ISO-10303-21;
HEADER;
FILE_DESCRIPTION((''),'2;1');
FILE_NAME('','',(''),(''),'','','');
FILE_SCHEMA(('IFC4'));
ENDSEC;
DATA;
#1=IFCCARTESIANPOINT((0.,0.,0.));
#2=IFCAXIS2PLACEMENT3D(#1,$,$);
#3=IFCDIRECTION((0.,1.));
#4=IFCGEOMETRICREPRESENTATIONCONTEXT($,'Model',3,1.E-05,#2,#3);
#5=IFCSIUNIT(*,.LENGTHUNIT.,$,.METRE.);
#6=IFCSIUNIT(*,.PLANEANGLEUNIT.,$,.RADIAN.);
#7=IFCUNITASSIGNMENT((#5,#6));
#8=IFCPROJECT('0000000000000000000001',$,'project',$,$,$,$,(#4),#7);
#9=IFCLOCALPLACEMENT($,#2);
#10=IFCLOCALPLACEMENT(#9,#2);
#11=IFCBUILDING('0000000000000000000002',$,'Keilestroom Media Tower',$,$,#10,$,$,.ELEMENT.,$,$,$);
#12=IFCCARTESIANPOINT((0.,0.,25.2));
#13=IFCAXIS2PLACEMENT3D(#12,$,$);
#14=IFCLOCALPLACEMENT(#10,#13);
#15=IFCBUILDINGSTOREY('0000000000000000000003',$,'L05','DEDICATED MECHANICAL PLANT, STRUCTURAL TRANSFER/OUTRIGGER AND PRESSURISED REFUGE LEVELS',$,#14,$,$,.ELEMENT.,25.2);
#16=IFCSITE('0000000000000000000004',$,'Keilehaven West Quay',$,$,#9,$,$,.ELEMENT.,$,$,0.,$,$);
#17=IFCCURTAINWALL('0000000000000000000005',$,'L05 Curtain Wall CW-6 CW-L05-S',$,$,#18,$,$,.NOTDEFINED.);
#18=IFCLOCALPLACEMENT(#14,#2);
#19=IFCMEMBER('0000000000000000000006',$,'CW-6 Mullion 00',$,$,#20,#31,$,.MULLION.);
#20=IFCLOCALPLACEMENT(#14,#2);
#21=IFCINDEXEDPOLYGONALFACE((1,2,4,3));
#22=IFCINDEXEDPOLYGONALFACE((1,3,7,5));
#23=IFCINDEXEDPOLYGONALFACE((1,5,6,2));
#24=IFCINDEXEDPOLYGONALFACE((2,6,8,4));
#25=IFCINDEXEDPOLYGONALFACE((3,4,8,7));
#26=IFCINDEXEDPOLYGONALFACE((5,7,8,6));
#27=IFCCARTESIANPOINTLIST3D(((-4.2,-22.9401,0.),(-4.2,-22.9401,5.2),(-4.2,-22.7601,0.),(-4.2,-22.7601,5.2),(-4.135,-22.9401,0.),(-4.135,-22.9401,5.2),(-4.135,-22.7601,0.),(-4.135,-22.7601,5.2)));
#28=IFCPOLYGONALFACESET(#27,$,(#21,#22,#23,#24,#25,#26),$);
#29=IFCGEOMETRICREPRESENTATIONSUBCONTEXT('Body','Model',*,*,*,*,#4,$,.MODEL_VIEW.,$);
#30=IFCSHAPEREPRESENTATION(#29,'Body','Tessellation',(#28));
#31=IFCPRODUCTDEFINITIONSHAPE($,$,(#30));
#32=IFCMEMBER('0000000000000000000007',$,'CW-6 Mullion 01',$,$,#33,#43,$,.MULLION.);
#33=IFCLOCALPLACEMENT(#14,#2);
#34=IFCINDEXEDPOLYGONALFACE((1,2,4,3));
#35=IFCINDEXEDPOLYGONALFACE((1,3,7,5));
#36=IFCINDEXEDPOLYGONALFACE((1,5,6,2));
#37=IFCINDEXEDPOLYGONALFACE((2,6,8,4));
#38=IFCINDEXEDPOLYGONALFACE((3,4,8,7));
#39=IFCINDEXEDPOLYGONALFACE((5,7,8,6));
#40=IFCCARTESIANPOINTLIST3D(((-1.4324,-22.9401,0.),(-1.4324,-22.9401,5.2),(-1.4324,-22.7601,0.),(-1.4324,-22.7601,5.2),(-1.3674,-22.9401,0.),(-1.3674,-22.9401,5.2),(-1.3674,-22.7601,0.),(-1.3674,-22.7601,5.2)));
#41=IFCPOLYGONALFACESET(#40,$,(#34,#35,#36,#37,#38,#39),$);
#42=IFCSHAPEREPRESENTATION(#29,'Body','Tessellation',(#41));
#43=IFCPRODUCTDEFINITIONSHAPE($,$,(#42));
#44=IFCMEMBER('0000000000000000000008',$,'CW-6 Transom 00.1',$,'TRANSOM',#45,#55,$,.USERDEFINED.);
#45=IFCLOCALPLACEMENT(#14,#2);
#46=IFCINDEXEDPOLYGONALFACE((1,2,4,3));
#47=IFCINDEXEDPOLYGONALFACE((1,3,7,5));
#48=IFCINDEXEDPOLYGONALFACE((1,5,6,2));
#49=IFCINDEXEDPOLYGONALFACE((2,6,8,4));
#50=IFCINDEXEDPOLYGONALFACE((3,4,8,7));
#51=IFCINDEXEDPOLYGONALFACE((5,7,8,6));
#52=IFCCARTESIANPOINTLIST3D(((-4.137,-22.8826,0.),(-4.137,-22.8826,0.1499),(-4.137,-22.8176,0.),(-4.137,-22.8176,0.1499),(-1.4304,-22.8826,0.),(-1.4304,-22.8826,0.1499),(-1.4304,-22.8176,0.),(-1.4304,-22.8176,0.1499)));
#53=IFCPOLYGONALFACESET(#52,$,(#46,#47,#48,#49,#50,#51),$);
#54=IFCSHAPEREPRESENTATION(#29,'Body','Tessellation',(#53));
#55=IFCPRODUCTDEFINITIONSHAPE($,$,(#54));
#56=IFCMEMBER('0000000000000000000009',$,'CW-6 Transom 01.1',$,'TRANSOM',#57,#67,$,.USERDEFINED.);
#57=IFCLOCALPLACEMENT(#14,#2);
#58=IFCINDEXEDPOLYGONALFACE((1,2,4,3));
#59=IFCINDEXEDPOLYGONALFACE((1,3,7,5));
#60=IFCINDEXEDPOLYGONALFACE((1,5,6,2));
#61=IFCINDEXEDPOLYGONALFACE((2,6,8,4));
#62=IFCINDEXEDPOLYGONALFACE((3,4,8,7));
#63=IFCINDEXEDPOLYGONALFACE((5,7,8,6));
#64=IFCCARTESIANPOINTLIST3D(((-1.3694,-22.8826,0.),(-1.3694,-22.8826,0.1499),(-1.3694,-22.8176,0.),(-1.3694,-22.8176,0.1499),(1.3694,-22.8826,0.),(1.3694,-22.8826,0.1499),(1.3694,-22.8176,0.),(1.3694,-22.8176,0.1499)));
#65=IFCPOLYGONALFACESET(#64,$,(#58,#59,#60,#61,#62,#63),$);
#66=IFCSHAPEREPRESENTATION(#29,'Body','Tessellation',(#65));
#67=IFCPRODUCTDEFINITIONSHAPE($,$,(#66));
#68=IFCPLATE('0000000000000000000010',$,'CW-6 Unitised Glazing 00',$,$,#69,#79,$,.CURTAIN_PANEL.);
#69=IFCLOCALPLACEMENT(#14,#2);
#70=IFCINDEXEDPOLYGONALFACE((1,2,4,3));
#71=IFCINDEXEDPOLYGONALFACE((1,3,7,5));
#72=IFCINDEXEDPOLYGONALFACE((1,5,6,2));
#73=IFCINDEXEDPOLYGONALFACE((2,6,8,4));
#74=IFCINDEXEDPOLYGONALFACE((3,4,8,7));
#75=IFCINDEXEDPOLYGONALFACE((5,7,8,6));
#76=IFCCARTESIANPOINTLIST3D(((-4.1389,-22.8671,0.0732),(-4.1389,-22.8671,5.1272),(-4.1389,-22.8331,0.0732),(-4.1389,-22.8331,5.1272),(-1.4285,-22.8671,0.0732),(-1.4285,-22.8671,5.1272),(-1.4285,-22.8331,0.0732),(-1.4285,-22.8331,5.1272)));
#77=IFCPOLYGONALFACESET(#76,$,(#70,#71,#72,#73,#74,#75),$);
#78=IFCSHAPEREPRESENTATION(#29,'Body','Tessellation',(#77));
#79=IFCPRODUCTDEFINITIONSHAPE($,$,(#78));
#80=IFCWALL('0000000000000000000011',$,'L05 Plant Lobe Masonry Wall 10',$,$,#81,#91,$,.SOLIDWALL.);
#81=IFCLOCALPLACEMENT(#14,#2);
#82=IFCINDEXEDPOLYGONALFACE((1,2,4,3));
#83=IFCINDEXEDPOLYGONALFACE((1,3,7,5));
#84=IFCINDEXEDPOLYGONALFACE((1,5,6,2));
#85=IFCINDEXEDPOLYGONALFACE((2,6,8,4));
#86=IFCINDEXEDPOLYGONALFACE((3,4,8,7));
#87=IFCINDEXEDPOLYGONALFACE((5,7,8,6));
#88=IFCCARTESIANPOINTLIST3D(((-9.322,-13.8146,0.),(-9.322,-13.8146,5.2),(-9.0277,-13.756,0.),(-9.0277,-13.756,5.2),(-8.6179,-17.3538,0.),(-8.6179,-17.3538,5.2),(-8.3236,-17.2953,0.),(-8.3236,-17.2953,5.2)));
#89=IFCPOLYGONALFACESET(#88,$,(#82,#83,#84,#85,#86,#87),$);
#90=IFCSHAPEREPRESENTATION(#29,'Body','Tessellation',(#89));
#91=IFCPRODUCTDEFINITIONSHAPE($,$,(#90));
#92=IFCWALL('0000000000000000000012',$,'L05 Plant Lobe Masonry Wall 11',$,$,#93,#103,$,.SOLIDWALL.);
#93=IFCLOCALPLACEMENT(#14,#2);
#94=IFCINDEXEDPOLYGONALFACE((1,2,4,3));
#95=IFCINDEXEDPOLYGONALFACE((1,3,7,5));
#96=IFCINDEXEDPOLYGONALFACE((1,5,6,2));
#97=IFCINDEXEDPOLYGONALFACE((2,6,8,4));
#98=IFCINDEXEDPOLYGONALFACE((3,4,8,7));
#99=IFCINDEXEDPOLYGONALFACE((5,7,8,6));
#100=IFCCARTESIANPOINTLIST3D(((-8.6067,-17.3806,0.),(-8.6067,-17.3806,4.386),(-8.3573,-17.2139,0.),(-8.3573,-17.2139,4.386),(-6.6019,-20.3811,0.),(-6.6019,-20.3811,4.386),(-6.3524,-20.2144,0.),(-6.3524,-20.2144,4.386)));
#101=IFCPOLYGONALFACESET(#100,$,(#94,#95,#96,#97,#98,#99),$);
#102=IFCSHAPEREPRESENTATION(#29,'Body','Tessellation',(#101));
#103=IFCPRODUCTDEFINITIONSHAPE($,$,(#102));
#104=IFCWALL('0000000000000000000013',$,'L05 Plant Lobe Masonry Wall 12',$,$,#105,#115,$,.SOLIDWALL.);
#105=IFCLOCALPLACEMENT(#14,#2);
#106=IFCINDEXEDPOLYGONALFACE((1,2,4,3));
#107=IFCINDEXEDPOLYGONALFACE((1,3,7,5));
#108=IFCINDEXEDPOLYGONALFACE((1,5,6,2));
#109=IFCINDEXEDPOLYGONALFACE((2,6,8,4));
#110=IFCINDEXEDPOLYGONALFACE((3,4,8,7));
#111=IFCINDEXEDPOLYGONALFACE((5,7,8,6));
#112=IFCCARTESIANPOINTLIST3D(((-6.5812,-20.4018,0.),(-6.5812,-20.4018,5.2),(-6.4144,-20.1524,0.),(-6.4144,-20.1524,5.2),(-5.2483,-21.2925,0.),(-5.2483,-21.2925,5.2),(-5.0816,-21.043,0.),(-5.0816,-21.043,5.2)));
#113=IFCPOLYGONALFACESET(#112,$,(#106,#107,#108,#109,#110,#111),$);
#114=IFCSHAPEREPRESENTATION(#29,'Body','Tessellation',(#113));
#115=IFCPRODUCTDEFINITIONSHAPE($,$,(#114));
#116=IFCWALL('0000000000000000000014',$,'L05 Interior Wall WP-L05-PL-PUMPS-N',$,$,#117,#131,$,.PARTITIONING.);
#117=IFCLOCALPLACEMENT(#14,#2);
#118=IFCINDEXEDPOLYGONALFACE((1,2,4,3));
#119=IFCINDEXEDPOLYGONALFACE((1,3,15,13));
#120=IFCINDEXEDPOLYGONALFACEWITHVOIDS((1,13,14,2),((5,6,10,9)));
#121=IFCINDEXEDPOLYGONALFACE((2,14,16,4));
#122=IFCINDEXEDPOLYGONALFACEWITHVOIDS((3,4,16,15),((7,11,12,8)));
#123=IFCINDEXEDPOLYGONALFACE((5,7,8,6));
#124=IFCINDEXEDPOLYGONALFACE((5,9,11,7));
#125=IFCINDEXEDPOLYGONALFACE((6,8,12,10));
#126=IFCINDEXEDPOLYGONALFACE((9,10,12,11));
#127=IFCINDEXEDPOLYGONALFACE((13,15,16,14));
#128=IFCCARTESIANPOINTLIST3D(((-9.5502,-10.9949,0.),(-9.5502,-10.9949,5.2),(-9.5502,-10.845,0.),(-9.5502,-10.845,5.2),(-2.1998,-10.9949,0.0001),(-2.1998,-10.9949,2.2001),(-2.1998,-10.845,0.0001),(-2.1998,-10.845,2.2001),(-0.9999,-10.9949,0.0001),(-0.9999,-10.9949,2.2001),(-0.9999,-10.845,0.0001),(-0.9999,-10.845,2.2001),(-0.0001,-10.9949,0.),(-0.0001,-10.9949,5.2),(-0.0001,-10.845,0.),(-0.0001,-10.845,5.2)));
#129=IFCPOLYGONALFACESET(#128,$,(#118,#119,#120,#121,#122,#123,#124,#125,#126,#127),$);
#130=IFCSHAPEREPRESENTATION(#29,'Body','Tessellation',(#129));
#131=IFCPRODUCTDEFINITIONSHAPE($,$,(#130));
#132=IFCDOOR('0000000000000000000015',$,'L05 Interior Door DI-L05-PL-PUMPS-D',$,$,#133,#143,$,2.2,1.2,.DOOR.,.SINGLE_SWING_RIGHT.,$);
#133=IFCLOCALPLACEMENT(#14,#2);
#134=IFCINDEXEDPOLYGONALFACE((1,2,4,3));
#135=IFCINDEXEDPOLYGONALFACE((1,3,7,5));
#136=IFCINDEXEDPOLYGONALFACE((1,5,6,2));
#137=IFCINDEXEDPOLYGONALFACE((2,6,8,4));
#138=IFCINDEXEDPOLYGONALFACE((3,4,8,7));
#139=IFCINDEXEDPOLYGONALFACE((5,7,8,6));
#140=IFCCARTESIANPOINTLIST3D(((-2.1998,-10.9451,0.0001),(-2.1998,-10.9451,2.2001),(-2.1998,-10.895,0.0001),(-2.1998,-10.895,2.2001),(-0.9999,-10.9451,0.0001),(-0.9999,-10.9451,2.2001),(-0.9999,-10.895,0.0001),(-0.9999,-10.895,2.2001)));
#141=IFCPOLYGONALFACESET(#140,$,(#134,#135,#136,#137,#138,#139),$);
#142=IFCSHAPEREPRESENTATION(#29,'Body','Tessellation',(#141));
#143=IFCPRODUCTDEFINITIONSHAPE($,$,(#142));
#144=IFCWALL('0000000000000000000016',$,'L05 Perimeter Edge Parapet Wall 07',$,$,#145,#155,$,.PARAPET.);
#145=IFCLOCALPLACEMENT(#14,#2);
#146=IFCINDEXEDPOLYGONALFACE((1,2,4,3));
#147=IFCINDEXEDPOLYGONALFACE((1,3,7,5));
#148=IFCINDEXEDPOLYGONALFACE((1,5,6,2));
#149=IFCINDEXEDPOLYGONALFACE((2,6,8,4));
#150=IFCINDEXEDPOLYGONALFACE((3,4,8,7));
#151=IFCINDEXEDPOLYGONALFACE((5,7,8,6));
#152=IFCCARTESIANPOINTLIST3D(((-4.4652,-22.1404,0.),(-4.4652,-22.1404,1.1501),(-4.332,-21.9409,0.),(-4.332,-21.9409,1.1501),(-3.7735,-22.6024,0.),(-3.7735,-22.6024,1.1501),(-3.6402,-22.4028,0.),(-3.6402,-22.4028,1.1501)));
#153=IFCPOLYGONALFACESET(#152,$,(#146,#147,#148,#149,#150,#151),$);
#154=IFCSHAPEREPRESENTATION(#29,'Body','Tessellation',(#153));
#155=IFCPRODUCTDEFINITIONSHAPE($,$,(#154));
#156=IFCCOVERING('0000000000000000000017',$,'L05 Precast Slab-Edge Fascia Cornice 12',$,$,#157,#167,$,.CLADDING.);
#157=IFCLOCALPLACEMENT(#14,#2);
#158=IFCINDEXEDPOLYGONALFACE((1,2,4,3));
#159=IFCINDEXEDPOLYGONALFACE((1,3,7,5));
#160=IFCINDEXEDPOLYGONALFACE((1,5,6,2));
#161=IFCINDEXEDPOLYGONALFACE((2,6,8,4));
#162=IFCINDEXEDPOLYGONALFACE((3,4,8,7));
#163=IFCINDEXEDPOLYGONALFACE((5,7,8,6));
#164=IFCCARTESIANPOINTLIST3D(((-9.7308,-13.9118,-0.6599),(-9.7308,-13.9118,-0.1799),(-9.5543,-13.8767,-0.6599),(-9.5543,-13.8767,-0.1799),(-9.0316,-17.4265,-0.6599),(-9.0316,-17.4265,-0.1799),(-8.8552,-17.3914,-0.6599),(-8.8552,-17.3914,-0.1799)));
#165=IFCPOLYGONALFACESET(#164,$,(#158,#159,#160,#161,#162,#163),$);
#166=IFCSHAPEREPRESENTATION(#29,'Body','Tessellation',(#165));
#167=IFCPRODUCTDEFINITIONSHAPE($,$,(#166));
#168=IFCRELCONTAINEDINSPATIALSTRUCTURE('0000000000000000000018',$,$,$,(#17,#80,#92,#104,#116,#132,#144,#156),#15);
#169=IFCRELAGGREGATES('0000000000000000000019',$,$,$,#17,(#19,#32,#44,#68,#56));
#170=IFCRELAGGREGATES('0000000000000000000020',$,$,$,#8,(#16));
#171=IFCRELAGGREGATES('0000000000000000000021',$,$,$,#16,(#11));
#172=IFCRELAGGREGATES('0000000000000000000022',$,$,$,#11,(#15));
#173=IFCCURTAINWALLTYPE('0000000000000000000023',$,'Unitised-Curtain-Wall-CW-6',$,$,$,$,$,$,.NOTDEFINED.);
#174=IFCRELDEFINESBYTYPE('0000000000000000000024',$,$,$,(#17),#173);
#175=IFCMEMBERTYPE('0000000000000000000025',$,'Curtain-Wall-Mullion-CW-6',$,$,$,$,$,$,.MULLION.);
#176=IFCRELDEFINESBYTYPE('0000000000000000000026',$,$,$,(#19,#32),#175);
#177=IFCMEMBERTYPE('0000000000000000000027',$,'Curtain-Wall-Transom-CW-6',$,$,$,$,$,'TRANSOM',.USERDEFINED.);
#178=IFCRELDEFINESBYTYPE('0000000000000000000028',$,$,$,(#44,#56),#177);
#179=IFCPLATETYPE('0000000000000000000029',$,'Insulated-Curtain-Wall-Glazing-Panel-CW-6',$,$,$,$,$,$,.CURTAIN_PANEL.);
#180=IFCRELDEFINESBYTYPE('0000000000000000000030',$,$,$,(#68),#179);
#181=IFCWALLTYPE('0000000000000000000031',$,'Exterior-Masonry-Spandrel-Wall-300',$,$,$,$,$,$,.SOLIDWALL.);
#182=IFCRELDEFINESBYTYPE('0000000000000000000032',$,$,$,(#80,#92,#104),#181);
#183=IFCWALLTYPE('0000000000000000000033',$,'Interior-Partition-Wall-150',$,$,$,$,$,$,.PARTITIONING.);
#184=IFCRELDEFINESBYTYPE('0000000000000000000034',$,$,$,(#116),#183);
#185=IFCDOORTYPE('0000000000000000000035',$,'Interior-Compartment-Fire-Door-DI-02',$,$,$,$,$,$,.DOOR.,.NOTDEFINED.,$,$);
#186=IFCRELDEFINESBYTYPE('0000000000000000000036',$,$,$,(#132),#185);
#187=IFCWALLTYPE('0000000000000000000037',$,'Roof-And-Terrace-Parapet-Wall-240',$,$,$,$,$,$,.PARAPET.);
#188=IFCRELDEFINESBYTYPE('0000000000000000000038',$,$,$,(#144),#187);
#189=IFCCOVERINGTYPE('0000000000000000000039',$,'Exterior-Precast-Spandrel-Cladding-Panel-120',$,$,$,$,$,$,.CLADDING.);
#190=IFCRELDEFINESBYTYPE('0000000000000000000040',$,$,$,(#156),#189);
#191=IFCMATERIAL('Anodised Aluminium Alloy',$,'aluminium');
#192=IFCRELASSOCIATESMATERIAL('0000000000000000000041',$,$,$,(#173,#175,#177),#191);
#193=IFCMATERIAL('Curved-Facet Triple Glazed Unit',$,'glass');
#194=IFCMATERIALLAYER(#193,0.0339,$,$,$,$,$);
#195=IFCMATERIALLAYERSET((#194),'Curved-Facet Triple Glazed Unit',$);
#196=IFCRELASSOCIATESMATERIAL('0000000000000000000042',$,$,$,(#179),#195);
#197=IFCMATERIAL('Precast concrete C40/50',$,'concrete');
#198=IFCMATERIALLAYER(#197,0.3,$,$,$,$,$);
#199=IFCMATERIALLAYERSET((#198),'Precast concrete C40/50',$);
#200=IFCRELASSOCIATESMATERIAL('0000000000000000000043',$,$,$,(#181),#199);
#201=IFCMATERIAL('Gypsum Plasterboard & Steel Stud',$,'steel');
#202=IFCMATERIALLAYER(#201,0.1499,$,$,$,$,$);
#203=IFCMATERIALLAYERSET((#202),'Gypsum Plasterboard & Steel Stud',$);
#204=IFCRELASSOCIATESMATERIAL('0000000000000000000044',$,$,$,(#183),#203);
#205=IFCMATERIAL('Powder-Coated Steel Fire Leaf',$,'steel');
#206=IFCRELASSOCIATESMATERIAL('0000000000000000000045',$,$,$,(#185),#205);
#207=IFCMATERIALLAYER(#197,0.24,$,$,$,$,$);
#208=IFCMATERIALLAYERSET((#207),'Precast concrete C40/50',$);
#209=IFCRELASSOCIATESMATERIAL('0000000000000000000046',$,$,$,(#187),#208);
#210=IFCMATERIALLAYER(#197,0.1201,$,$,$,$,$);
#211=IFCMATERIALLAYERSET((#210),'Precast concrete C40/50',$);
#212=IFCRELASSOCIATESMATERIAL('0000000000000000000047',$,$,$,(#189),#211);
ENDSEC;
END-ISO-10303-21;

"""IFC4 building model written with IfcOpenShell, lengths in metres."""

from ifc_helpers import new_model, si_unit, direction, frame, frame_2d, origin, origin_2d, place, context, subcontext, project, spatial, rectangle, extrude, source, transform, mapped, material, layer, layer_set, material_profile, profile_set, type_object, element, fill, aggregate, save


model = new_model("IFC4")

# Units and contexts
model_context = context("Model", 3, precision=1e-05, world=origin(), true_north=direction((0.0, 1.0)))
body_context = subcontext(model_context, "Body", "Model", "MODEL_VIEW")
ifc_project = project(units=[si_unit("LENGTHUNIT", "METRE"), si_unit("PLANEANGLEUNIT", "RADIAN")], contexts=[model_context])

# Site, building, storey
site_placement = place(None, origin())
site = spatial("IfcSite", under=ifc_project, at=site_placement, Name="Keilehaven West Quay", CompositionType="ELEMENT", RefElevation=0.0)
building_placement = place(site_placement, origin())
building = spatial("IfcBuilding", under=site, at=building_placement, Name="Keilestroom Media Tower", CompositionType="ELEMENT")
storey_placement = place(building_placement, frame((0.0, 0.0, 25.2)))
storey = spatial("IfcBuildingStorey", under=building, at=storey_placement, Name="L05", Description="DEDICATED MECHANICAL PLANT, STRUCTURAL TRANSFER/OUTRIGGER AND PRESSURISED REFUGE LEVELS", CompositionType="ELEMENT", Elevation=25.2)

# Shared definitions
ifc_material_1 = material(Name="Precast concrete C40/50", Category="concrete")

# Curtain wall, members, plate
ifc_material_2 = material(Name="Anodised Aluminium Alloy", Category="aluminium")
curtain_wall_type = type_object("IfcCurtainWallType", Name="Unitised-Curtain-Wall-CW-6", PredefinedType="NOTDEFINED", material=ifc_material_2)
curtain_wall_placement = place(storey_placement, origin())
curtain_wall = element("IfcCurtainWall", 1, at=curtain_wall_placement, inside=storey, type_object=curtain_wall_type, Name="L05 Curtain Wall CW-6 CW-L05-S", PredefinedType="NOTDEFINED")
ifc_material_profile_1 = material_profile(ifc_material_2, rectangle(XDim=0.0649, YDim=0.1799, at=origin_2d()), Name="ALU MULLION 65x180")
ifc_profile_set_1 = profile_set([ifc_material_profile_1], Name="Anodised Aluminium Alloy")
member_type_1 = type_object("IfcMemberType", Name="Curtain-Wall-Mullion-CW-6", PredefinedType="MULLION", material=ifc_profile_set_1)
shared_shape_1 = source(origin(), body_context, "Body", "SweptSolid", [
    extrude(rectangle(XDim=0.0649, YDim=0.1799, at=origin_2d()), origin(), (0.0, 0.0, 1.0), 5.2),
])
member_1_placement = place(storey_placement, frame((-4.1675, -22.8501, 0.0), z_axis=(0.0, 0.0, 1.0), x_axis=(1.0, 0.0, 0.0)))
member_1 = element("IfcMember", 2, at=member_1_placement, type_object=member_type_1, Name="CW-6 Mullion 00", PredefinedType="MULLION", context=body_context, shape_type="MappedRepresentation", body=[
    mapped(shared_shape_1, transform((0.0, 0.0, 0.0), x_axis=(1.0, 0.0, 0.0), y_axis=(0.0, 1.0, 0.0), z_axis=(0.0, 0.0, 1.0), scale=1.0)),
])
member_2_placement = place(storey_placement, frame((-1.3999, -22.8501, 0.0), z_axis=(0.0, 0.0, 1.0), x_axis=(1.0, 0.0, 0.0)))
member_2 = element("IfcMember", 3, at=member_2_placement, type_object=member_type_1, Name="CW-6 Mullion 01", PredefinedType="MULLION", context=body_context, shape_type="MappedRepresentation", body=[
    mapped(shared_shape_1, transform((0.0, 0.0, 0.0), x_axis=(1.0, 0.0, 0.0), y_axis=(0.0, 1.0, 0.0), z_axis=(0.0, 0.0, 1.0), scale=1.0)),
])
ifc_material_profile_2 = material_profile(ifc_material_2, rectangle(XDim=0.0649, YDim=0.1499, at=origin_2d()), Name="ALU TRANSOM 65x150")
ifc_profile_set_2 = profile_set([ifc_material_profile_2], Name="Anodised Aluminium Alloy")
member_type_2 = type_object("IfcMemberType", Name="Curtain-Wall-Transom-CW-6", ElementType="TRANSOM", PredefinedType="USERDEFINED", material=ifc_profile_set_2)
shared_shape_2 = source(origin(), body_context, "Body", "SweptSolid", [
    extrude(rectangle(XDim=0.0649, YDim=0.1499, at=origin_2d()), origin(), (0.0, 0.0, 1.0), 2.7065),
])
member_3_placement = place(storey_placement, frame((-4.137, -22.8501, 0.075), z_axis=(1.0, 0.0, 0.0), x_axis=(0.0, 1.0, 0.0)))
member_3 = element("IfcMember", 4, at=member_3_placement, type_object=member_type_2, Name="CW-6 Transom 00.1", ObjectType="TRANSOM", PredefinedType="USERDEFINED", context=body_context, shape_type="MappedRepresentation", body=[
    mapped(shared_shape_2, transform((0.0, 0.0, 0.0), x_axis=(1.0, 0.0, 0.0), y_axis=(0.0, 1.0, 0.0), z_axis=(0.0, 0.0, 1.0), scale=1.0)),
])
shared_shape_3 = source(origin(), body_context, "Body", "SweptSolid", [
    extrude(rectangle(XDim=0.0649, YDim=0.1499, at=origin_2d()), origin(), (0.0, 0.0, 1.0), 2.7388),
])
member_4_placement = place(storey_placement, frame((-1.3694, -22.8501, 0.075), z_axis=(1.0, 0.0, 0.0), x_axis=(0.0, 1.0, 0.0)))
member_4 = element("IfcMember", 5, at=member_4_placement, type_object=member_type_2, Name="CW-6 Transom 01.1", ObjectType="TRANSOM", PredefinedType="USERDEFINED", context=body_context, shape_type="MappedRepresentation", body=[
    mapped(shared_shape_3, transform((0.0, 0.0, 0.0), x_axis=(1.0, 0.0, 0.0), y_axis=(0.0, 1.0, 0.0), z_axis=(0.0, 0.0, 1.0), scale=1.0)),
])
ifc_material_3 = material(Name="Curved-Facet Triple Glazed Unit", Category="glass")
ifc_layer_1 = layer(ifc_material_3, 0.0339)
ifc_layer_set_1 = layer_set([ifc_layer_1], Name="Curved-Facet Triple Glazed Unit")
plate_type = type_object("IfcPlateType", Name="Insulated-Curtain-Wall-Glazing-Panel-CW-6", PredefinedType="CURTAIN_PANEL", material=ifc_layer_set_1)
shared_shape_4 = source(origin(), body_context, "Body", "SweptSolid", [
    extrude(rectangle(XDim=2.7104, YDim=0.0339, at=origin_2d()), origin(), (0.0, 0.0, 1.0), 5.054),
])
plate_placement = place(storey_placement, frame((-2.7837, -22.8501, 0.0732), z_axis=(0.0, 0.0, 1.0), x_axis=(1.0, 0.0, 0.0)))
plate = element("IfcPlate", 6, at=plate_placement, type_object=plate_type, Name="CW-6 Unitised Glazing 00", PredefinedType="CURTAIN_PANEL", context=body_context, shape_type="MappedRepresentation", body=[
    mapped(shared_shape_4, transform((0.0, 0.0, 0.0), x_axis=(1.0, 0.0, 0.0), y_axis=(0.0, 1.0, 0.0), z_axis=(0.0, 0.0, 1.0), scale=1.0)),
])
aggregate(curtain_wall, [member_1, member_2, member_3, plate, member_4])

# Walls
ifc_layer_2 = layer(ifc_material_1, 0.3)
ifc_layer_set_2 = layer_set([ifc_layer_2], Name="Precast concrete C40/50")
wall_type_1 = type_object("IfcWallType", Name="Exterior-Masonry-Spandrel-Wall-300", PredefinedType="SOLIDWALL", material=ifc_layer_set_2)
wall_1_placement = place(storey_placement, frame((-9.1748, -13.7854, 0.0), z_axis=(0.0, 0.0, 1.0), x_axis=(0.195114, -0.980781, 0.0)))
element("IfcWall", 7, at=wall_1_placement, inside=storey, type_object=wall_type_1, Name="L05 Plant Lobe Masonry Wall 10", PredefinedType="SOLIDWALL", context=body_context, shape_type="SweptSolid", body=[
    extrude(rectangle(XDim=3.6086, YDim=0.3, at=frame_2d((1.8042, 0.0))), origin(), (0.0, 0.0, 1.0), 5.2),
])
wall_2_placement = place(storey_placement, frame((-8.4819, -17.2974, 0.0), z_axis=(0.0, 0.0, 1.0), x_axis=(0.555574, -0.831467, 0.0)))
element("IfcWall", 8, at=wall_2_placement, inside=storey, type_object=wall_type_1, Name="L05 Plant Lobe Masonry Wall 11", PredefinedType="SOLIDWALL", context=body_context, shape_type="SweptSolid", body=[
    extrude(rectangle(XDim=3.6086, YDim=0.3, at=frame_2d((1.8042, 0.0))), origin(), (0.0, 0.0, 1.0), 4.386),
])
wall_3_placement = place(storey_placement, frame((-6.4978, -20.2771, 0.0), z_axis=(0.0, 0.0, 1.0), x_axis=(0.831441, -0.555614, 0.0)))
element("IfcWall", 9, at=wall_3_placement, inside=storey, type_object=wall_type_1, Name="L05 Plant Lobe Masonry Wall 12", PredefinedType="SOLIDWALL", context=body_context, shape_type="SweptSolid", body=[
    extrude(rectangle(XDim=1.603, YDim=0.3, at=frame_2d((0.8015, 0.0))), origin(), (0.0, 0.0, 1.0), 5.2),
])

# Wall, opening, door
ifc_material_4 = material(Name="Gypsum Plasterboard & Steel Stud", Category="steel")
ifc_layer_3 = layer(ifc_material_4, 0.1499)
ifc_layer_set_3 = layer_set([ifc_layer_3], Name="Gypsum Plasterboard & Steel Stud")
wall_type_2 = type_object("IfcWallType", Name="Interior-Partition-Wall-150", PredefinedType="PARTITIONING", material=ifc_layer_set_3)
wall_4_placement = place(storey_placement, frame((-9.55, -10.9199, 0.0), z_axis=(0.0, 0.0, 1.0), x_axis=(1.0, 0.0, 0.0)))
wall_4 = element("IfcWall", 10, at=wall_4_placement, inside=storey, type_object=wall_type_2, Name="L05 Interior Wall WP-L05-PL-PUMPS-N", PredefinedType="PARTITIONING", context=body_context, shape_type="SweptSolid", body=[
    extrude(rectangle(XDim=9.55, YDim=0.1499, at=frame_2d((4.7749, 0.0))), origin(), (0.0, 0.0, 1.0), 5.2),
])
opening_placement = place(wall_4_placement, frame((7.3501, 0.0, 0.0)))
opening = element("IfcOpeningElement", 11, at=opening_placement, cuts=wall_4, PredefinedType="OPENING", context=body_context, shape_type="SweptSolid", body=[
    extrude(rectangle(XDim=1.2, YDim=2.2, at=frame_2d((0.6001, 1.1001))), frame((0.0, 0.085, 0.0), z_axis=(0.0, -1.0, 0.0), x_axis=(1.0, 0.0, 0.0)), (0.0, 0.0, 1.0), 0.1699),
])
ifc_material_5 = material(Name="Powder-Coated Steel Fire Leaf", Category="steel")
door_type = type_object("IfcDoorType", Name="Interior-Compartment-Fire-Door-DI-02", OperationType="NOTDEFINED", PredefinedType="DOOR", material=ifc_material_5)
shared_shape_5 = source(origin(), body_context, "Body", "SweptSolid", [
    extrude(rectangle(XDim=1.2, YDim=2.2, at=frame_2d((0.6001, 1.1001))), frame((0.0, 0.0249, 0.0), z_axis=(0.0, -1.0, 0.0), x_axis=(1.0, 0.0, 0.0)), (0.0, 0.0, 1.0), 0.05),
])
door_placement = place(opening_placement, origin())
door = element("IfcDoor", 12, at=door_placement, inside=storey, type_object=door_type, Name="L05 Interior Door DI-L05-PL-PUMPS-D", OperationType="SINGLE_SWING_RIGHT", OverallHeight=2.2, OverallWidth=1.2, PredefinedType="DOOR", context=body_context, shape_type="MappedRepresentation", body=[
    mapped(shared_shape_5, transform((0.0, 0.0, 0.0), x_axis=(1.0, 0.0, 0.0), y_axis=(0.0, 1.0, 0.0), z_axis=(0.0, 0.0, 1.0), scale=1.0)),
])
fill(opening, door)

# Wall
ifc_layer_4 = layer(ifc_material_1, 0.24)
ifc_layer_set_4 = layer_set([ifc_layer_4], Name="Precast concrete C40/50")
wall_type_3 = type_object("IfcWallType", Name="Roof-And-Terrace-Parapet-Wall-240", PredefinedType="PARAPET", material=ifc_layer_set_4)
wall_5_placement = place(storey_placement, frame((-3.7068, -22.5027, 0.0), z_axis=(0.0, 0.0, 1.0), x_axis=(-0.831598, 0.555377, 0.0)))
element("IfcWall", 13, at=wall_5_placement, inside=storey, type_object=wall_type_3, Name="L05 Perimeter Edge Parapet Wall 07", PredefinedType="PARAPET", context=body_context, shape_type="SweptSolid", body=[
    extrude(rectangle(XDim=0.8318, YDim=0.24, at=frame_2d((0.416, 0.0))), origin(), (0.0, 0.0, 1.0), 1.1501),
])

# Covering
ifc_layer_5 = layer(ifc_material_1, 0.1201)
ifc_layer_set_5 = layer_set([ifc_layer_5], Name="Precast concrete C40/50")
covering_type = type_object("IfcCoveringType", Name="Exterior-Precast-Spandrel-Cladding-Panel-120", PredefinedType="CLADDING", material=ifc_layer_set_5)
shared_shape_6 = source(origin(), body_context, "Body", "SweptSolid", [
    extrude(rectangle(XDim=3.5835, YDim=0.1799, at=origin_2d()), origin(), (0.0, 0.0, 1.0), 0.48),
])
covering_placement = place(storey_placement, frame((-9.293, -15.6516, -0.6599), z_axis=(0.0, 0.0, 1.0), x_axis=(-0.195099, 0.980784, 0.0)))
element("IfcCovering", 14, at=covering_placement, inside=storey, type_object=covering_type, Name="L05 Precast Slab-Edge Fascia Cornice 12", PredefinedType="CLADDING", context=body_context, shape_type="MappedRepresentation", body=[
    mapped(shared_shape_6, transform((0.0, 0.0, 0.0), x_axis=(1.0, 0.0, 0.0), y_axis=(0.0, 1.0, 0.0), z_axis=(0.0, 0.0, 1.0), scale=1.0)),
])

save(model, "model.ifc")
